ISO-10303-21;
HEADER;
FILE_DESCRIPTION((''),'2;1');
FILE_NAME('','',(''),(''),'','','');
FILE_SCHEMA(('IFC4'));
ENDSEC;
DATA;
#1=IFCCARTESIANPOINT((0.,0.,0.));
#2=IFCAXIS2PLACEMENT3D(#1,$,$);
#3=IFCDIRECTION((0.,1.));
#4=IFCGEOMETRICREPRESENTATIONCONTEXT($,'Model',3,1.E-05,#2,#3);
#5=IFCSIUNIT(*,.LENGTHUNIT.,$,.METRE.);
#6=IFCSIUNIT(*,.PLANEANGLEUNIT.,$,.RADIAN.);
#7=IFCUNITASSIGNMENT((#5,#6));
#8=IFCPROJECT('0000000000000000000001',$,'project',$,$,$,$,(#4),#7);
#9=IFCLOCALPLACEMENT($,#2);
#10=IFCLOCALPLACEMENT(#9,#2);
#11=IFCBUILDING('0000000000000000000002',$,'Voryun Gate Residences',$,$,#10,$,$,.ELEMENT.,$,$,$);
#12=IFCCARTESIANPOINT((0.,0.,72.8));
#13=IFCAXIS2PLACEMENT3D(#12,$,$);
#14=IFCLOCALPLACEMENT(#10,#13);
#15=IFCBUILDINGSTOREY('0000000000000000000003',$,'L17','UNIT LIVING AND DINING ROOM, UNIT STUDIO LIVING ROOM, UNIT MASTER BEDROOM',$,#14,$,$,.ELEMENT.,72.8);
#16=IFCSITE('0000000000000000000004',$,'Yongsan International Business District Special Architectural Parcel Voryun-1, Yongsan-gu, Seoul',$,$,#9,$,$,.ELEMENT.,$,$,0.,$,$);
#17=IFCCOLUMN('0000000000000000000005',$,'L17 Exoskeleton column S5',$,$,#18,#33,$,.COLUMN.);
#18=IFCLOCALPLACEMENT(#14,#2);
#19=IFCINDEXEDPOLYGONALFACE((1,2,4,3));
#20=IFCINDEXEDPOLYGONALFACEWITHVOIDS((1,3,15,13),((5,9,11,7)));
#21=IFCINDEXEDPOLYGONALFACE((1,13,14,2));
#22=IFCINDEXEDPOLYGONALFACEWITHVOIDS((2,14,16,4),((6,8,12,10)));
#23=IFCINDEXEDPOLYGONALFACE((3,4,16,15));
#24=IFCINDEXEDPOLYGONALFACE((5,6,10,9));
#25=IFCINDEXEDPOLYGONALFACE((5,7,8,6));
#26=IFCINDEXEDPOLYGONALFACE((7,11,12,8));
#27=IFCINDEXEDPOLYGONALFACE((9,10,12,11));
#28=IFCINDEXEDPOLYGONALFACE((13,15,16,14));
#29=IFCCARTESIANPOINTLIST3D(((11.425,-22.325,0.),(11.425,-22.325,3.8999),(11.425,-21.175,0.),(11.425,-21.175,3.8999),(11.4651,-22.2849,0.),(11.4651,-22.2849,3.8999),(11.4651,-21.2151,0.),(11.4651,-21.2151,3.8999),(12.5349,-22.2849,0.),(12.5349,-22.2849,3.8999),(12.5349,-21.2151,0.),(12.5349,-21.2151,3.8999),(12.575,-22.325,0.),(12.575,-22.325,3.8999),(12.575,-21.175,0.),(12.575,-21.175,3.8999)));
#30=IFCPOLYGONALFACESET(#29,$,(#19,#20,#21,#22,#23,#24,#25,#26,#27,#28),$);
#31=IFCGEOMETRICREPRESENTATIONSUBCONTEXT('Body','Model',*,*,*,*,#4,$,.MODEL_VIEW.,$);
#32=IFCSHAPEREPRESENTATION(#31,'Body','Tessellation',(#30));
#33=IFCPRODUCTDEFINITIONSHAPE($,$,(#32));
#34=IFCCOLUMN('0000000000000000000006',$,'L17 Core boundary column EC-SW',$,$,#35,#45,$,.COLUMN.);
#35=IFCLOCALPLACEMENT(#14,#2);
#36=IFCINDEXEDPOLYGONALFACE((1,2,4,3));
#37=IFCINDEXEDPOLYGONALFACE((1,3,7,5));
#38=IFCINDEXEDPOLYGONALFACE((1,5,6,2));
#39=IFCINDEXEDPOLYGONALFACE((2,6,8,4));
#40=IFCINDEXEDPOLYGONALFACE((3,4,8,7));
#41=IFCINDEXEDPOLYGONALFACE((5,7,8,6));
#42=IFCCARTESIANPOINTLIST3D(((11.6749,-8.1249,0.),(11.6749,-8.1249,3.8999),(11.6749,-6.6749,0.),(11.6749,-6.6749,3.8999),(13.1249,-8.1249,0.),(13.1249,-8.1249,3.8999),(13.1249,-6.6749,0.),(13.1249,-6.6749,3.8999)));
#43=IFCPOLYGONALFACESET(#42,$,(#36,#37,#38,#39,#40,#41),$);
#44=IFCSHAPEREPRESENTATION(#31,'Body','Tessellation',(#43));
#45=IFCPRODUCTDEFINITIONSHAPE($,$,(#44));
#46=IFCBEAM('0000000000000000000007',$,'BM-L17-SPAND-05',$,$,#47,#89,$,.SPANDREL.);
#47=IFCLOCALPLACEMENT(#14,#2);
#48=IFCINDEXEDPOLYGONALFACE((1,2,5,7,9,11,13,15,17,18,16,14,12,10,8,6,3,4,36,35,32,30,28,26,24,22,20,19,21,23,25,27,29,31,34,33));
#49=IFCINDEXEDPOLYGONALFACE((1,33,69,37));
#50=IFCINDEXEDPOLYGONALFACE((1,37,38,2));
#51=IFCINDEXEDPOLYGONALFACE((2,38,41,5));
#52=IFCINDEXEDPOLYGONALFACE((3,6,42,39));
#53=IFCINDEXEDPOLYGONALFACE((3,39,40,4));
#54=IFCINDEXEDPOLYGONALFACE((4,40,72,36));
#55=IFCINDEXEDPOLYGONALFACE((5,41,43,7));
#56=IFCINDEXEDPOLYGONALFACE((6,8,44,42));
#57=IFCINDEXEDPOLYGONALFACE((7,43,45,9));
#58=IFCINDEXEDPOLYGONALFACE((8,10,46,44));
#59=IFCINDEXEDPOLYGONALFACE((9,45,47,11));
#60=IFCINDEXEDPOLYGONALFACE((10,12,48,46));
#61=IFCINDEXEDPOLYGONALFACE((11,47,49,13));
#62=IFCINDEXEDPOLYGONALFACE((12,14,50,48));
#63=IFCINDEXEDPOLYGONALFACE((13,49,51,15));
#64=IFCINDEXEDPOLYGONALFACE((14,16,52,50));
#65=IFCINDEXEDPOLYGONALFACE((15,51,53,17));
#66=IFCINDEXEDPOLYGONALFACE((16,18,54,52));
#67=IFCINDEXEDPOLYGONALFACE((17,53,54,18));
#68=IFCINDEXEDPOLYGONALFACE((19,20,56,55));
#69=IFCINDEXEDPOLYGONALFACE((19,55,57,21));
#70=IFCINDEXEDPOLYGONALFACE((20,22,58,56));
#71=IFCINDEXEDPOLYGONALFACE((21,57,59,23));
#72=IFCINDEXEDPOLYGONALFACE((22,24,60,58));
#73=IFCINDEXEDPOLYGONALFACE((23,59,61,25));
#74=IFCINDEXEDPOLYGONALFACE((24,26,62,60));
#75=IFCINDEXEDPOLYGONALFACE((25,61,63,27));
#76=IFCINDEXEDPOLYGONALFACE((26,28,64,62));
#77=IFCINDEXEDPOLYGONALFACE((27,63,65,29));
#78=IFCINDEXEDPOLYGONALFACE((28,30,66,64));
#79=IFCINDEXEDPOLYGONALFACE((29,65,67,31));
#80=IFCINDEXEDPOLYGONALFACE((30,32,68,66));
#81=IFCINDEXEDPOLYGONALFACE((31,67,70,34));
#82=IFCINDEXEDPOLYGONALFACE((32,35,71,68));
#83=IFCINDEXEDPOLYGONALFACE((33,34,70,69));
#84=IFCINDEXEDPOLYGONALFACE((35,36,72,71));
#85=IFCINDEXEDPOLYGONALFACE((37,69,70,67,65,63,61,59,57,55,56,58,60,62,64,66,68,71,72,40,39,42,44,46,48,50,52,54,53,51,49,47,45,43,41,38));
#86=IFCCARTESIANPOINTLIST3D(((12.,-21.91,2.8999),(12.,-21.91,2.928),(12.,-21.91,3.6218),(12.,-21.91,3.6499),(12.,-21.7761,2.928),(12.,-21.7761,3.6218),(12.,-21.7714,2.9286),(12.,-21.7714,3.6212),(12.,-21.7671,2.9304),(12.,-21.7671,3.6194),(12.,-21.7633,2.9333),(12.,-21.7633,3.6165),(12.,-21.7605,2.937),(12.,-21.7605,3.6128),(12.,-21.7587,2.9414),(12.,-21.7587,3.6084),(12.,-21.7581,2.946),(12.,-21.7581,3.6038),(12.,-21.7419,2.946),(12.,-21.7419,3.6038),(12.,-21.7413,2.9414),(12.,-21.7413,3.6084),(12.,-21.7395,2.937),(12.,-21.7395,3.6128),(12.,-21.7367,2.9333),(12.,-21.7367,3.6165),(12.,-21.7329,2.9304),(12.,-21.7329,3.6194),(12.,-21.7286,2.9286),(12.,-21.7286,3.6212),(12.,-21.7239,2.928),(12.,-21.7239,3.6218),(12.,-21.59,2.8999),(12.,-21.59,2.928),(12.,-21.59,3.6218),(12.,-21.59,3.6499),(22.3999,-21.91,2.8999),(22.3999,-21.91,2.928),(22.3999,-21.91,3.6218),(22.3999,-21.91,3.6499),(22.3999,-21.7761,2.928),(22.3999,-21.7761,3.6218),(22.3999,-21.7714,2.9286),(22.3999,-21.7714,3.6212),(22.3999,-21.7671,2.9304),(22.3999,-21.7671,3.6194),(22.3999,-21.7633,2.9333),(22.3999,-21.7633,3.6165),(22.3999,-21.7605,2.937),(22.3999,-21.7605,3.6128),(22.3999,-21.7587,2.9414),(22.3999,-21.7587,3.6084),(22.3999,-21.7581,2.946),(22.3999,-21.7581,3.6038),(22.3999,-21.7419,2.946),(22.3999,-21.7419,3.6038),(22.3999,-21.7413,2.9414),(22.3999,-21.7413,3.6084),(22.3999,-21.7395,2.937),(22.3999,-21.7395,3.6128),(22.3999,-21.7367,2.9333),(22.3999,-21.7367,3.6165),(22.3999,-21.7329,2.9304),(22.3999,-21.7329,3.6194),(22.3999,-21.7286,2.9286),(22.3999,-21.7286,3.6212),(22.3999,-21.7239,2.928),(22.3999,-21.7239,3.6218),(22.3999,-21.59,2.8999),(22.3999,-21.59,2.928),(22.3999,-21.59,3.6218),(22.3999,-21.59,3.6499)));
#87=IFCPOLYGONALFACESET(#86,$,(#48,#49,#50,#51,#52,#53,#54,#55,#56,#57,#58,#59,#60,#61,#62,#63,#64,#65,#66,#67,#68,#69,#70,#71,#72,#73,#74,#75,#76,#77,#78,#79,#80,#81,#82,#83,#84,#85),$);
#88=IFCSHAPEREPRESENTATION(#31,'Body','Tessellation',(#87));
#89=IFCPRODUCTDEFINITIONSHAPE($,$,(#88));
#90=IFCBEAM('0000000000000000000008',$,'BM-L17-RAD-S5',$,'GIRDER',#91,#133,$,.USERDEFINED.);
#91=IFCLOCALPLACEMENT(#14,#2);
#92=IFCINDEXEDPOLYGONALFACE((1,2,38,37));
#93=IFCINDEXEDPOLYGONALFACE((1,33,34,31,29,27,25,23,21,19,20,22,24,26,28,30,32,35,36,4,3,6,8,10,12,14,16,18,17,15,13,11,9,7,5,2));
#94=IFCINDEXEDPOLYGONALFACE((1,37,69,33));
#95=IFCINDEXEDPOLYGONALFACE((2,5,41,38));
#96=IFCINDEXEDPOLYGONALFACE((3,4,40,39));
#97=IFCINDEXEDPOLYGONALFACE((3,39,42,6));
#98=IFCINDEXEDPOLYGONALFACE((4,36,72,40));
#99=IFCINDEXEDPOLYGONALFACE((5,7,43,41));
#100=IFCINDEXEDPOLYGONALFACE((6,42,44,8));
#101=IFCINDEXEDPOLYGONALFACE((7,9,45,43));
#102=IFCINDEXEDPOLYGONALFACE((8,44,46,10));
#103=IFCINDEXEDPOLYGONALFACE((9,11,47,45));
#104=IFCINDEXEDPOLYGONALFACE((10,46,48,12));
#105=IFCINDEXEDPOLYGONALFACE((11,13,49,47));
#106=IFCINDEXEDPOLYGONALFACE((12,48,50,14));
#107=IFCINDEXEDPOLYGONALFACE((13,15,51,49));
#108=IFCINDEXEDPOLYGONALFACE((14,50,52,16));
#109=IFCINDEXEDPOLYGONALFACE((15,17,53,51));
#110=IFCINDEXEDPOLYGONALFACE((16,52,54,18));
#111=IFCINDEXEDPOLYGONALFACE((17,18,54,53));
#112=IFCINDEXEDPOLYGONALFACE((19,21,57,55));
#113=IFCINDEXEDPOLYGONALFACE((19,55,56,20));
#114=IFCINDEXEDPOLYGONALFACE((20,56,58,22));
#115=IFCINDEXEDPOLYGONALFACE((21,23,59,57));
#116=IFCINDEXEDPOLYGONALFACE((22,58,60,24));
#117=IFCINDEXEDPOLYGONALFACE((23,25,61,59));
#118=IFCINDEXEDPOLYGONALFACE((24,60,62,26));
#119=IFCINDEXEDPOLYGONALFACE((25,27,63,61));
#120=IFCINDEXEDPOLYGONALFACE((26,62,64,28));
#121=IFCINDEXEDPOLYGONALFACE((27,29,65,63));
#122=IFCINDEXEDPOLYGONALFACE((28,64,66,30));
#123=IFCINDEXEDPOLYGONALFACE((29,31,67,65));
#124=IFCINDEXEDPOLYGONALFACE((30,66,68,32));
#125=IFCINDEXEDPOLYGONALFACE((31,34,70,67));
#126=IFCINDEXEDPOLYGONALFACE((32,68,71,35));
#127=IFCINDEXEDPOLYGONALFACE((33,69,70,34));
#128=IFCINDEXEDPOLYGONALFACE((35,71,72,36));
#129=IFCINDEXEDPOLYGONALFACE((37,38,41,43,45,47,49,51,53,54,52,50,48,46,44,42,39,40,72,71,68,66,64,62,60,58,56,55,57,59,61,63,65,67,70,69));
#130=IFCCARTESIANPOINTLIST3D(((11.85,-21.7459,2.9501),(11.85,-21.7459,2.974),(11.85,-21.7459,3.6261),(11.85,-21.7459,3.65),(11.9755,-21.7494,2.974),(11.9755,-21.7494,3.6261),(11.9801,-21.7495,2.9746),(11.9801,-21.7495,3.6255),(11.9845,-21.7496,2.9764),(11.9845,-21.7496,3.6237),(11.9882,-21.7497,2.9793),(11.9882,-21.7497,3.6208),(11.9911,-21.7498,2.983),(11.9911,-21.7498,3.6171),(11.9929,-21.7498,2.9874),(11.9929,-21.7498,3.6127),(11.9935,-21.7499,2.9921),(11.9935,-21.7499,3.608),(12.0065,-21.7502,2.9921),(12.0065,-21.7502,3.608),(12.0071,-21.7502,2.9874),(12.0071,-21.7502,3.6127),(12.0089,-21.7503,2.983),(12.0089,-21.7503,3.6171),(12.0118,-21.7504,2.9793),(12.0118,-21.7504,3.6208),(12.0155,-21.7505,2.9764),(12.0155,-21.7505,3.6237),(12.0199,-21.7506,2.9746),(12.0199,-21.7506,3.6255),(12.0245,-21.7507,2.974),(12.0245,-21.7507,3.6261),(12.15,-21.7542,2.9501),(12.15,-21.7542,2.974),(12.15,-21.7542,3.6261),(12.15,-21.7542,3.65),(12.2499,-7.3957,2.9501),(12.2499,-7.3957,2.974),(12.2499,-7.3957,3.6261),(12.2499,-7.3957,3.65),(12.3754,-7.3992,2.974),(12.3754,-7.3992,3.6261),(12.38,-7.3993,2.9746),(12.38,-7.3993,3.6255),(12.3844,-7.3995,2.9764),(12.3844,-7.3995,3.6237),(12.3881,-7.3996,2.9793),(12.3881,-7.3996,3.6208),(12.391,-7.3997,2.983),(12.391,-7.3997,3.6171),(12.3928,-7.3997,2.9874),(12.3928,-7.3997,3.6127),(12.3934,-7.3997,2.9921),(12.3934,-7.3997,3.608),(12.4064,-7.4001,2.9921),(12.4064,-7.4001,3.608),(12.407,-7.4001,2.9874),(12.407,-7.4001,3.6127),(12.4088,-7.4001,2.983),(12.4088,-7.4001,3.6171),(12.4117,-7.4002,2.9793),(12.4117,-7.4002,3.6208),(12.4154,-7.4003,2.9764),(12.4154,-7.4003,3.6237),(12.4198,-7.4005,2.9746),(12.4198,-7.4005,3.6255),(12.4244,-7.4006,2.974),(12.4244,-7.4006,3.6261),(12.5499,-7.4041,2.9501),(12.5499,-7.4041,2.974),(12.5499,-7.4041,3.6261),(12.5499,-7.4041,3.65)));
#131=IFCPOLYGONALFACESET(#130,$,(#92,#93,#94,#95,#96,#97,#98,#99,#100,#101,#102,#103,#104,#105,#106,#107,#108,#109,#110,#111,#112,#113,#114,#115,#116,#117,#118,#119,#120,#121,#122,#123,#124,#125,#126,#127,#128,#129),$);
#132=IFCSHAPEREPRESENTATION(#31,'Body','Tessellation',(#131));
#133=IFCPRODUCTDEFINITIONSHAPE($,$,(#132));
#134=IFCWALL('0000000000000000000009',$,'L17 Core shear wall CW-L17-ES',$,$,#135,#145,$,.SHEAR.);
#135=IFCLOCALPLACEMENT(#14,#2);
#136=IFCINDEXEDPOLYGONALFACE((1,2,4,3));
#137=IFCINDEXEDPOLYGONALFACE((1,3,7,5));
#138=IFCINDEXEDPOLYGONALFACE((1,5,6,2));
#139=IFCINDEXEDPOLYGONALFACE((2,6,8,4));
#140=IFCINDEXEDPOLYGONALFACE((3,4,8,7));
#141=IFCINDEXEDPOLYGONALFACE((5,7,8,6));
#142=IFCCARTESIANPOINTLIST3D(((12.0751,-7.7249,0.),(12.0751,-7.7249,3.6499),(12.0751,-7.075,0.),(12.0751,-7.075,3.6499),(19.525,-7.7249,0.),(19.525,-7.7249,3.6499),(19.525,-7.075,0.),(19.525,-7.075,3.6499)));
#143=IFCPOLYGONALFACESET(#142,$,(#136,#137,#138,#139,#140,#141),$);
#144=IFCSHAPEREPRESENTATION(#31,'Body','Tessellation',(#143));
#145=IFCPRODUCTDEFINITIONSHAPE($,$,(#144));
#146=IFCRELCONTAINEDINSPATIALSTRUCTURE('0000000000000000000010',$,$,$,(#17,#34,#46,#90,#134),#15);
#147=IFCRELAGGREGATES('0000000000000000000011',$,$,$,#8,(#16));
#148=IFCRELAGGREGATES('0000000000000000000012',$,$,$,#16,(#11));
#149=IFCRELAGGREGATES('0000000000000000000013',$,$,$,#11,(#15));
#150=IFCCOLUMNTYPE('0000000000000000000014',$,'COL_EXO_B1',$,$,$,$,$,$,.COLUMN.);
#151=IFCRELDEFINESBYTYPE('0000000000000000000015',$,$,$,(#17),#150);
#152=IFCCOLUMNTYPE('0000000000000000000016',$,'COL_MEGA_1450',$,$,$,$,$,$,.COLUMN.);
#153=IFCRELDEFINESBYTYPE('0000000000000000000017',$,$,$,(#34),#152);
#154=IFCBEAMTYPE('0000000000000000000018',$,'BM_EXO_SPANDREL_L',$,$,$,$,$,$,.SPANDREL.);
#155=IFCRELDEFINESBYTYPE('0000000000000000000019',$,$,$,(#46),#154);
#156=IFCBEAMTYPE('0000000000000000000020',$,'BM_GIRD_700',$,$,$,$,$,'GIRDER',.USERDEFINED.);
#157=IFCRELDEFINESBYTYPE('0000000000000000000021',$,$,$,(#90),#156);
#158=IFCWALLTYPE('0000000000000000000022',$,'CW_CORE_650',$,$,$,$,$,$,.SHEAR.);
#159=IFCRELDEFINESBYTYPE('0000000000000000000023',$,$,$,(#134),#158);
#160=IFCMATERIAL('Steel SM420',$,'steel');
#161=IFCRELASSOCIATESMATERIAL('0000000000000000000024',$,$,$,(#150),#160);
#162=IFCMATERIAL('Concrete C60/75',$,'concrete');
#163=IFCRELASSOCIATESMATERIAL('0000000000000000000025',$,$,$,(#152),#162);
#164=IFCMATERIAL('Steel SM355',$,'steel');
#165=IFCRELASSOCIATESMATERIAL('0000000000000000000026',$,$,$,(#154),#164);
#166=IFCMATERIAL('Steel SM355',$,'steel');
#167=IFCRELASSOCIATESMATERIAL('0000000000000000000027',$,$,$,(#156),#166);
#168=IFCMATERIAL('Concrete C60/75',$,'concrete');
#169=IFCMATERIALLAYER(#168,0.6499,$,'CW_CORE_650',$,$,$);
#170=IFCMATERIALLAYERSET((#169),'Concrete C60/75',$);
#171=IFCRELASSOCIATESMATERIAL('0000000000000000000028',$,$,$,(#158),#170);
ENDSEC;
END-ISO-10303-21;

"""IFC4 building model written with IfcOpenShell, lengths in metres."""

from ifc_helpers import new_model, si_unit, direction, frame, frame_2d, origin, origin_2d, place, context, subcontext, project, spatial, rectangle, hollow_rectangle, i_section, extrude, material, layer, layer_set, material_profile, profile_set, type_object, element, save


model = new_model("IFC4")

# Units and contexts
model_context = context("Model", 3, precision=1e-05, world=origin(), true_north=direction((0.0, 1.0)))
body_context = subcontext(model_context, "Body", "Model", "MODEL_VIEW")
ifc_project = project(units=[si_unit("LENGTHUNIT", "METRE"), si_unit("PLANEANGLEUNIT", "RADIAN")], contexts=[model_context])

# Site, building, storey
site_placement = place(None, origin())
site = spatial("IfcSite", under=ifc_project, at=site_placement, Name="Yongsan International Business District Special Architectural Parcel Voryun-1, Yongsan-gu, Seoul", CompositionType="ELEMENT", RefElevation=0.0)
building_placement = place(site_placement, origin())
building = spatial("IfcBuilding", under=site, at=building_placement, Name="Voryun Gate Residences", CompositionType="ELEMENT")
storey_placement = place(building_placement, frame((0.0, 0.0, 72.8)))
storey = spatial("IfcBuildingStorey", under=building, at=storey_placement, Name="L17", Description="UNIT LIVING AND DINING ROOM, UNIT STUDIO LIVING ROOM, UNIT MASTER BEDROOM", CompositionType="ELEMENT", Elevation=72.8)

# Columns
ifc_material_1 = material(Name="Steel SM420", Category="steel")
ifc_material_profile_1 = material_profile(ifc_material_1, hollow_rectangle(XDim=1.1499, YDim=1.1499, WallThickness=0.04, at=origin_2d()), Name="BOX-1150x1150x40")
ifc_profile_set_1 = profile_set([ifc_material_profile_1], Name="Steel SM420")
column_type_1 = type_object("IfcColumnType", Name="COL_EXO_B1", PredefinedType="COLUMN", material=ifc_profile_set_1)
column_1_placement = place(storey_placement, frame((12.0, -21.75, 0.0), z_axis=(0.0, 0.0, 1.0), x_axis=(1.0, 0.0, 0.0)))
element("IfcColumn", 1, at=column_1_placement, inside=storey, type_object=column_type_1, Name="L17 Exoskeleton column S5", PredefinedType="COLUMN", context=body_context, shape_type="SweptSolid", body=[
    extrude(hollow_rectangle(XDim=1.1499, YDim=1.1499, WallThickness=0.04, at=origin_2d()), origin(), (0.0, 0.0, 1.0), 3.8999),
])
ifc_material_2 = material(Name="Concrete C60/75", Category="concrete")
ifc_material_profile_2 = material_profile(ifc_material_2, rectangle(XDim=1.45, YDim=1.45, at=origin_2d()), Name="RC-1450x1450")
ifc_profile_set_2 = profile_set([ifc_material_profile_2], Name="Concrete C60/75")
column_type_2 = type_object("IfcColumnType", Name="COL_MEGA_1450", PredefinedType="COLUMN", material=ifc_profile_set_2)
column_2_placement = place(storey_placement, frame((12.3999, -7.3999, 0.0), z_axis=(0.0, 0.0, 1.0), x_axis=(1.0, 0.0, 0.0)))
element("IfcColumn", 2, at=column_2_placement, inside=storey, type_object=column_type_2, Name="L17 Core boundary column EC-SW", PredefinedType="COLUMN", context=body_context, shape_type="SweptSolid", body=[
    extrude(rectangle(XDim=1.45, YDim=1.45, at=origin_2d()), origin(), (0.0, 0.0, 1.0), 3.8999),
])

# Beams
ifc_material_3 = material(Name="Steel SM355", Category="steel")
ifc_material_profile_3 = material_profile(ifc_material_3, i_section(OverallWidth=0.3201, OverallDepth=0.75, WebThickness=0.0161, FlangeThickness=0.0281, FilletRadius=0.0181, at=origin_2d()), Name="H-750x320x16x28")
ifc_profile_set_3 = profile_set([ifc_material_profile_3], Name="Steel SM355")
beam_type_1 = type_object("IfcBeamType", Name="BM_EXO_SPANDREL_L", PredefinedType="SPANDREL", material=ifc_profile_set_3)
beam_1_placement = place(storey_placement, frame((12.0, -21.75, 3.2749), z_axis=(1.0, 0.0, 0.0), x_axis=(0.0, 1.0, 0.0)))
element("IfcBeam", 3, at=beam_1_placement, inside=storey, type_object=beam_type_1, Name="BM-L17-SPAND-05", PredefinedType="SPANDREL", context=body_context, shape_type="SweptSolid", body=[
    extrude(i_section(OverallWidth=0.3201, OverallDepth=0.75, WebThickness=0.0161, FlangeThickness=0.0281, FilletRadius=0.0181, at=origin_2d()), origin(), (0.0, 0.0, 1.0), 10.3999),
])
ifc_material_4 = material(Name="Steel SM355", Category="steel")
ifc_material_profile_4 = material_profile(ifc_material_4, i_section(OverallWidth=0.3, OverallDepth=0.7, WebThickness=0.0129, FlangeThickness=0.0239, FilletRadius=0.0181, at=origin_2d()), Name="H-700x300x13x24")
ifc_profile_set_4 = profile_set([ifc_material_profile_4], Name="Steel SM355")
beam_type_2 = type_object("IfcBeamType", Name="BM_GIRD_700", ElementType="GIRDER", PredefinedType="USERDEFINED", material=ifc_profile_set_4)
beam_2_placement = place(storey_placement, frame((12.3999, -7.3999, 3.3), z_axis=(-0.027857, -0.999612, 0.0), x_axis=(0.999612, -0.027857, 0.0)))
element("IfcBeam", 4, at=beam_2_placement, inside=storey, type_object=beam_type_2, Name="BM-L17-RAD-S5", ObjectType="GIRDER", PredefinedType="USERDEFINED", context=body_context, shape_type="SweptSolid", body=[
    extrude(i_section(OverallWidth=0.3, OverallDepth=0.7, WebThickness=0.0129, FlangeThickness=0.0239, FilletRadius=0.0181, at=origin_2d()), origin(), (0.0, 0.0, 1.0), 14.3557),
])

# Wall
ifc_material_5 = material(Name="Concrete C60/75", Category="concrete")
ifc_layer_1 = layer(ifc_material_5, 0.6499, Name="CW_CORE_650")
ifc_layer_set_1 = layer_set([ifc_layer_1], Name="Concrete C60/75")
wall_type_1 = type_object("IfcWallType", Name="CW_CORE_650", PredefinedType="SHEAR", material=ifc_layer_set_1)
wall_1_placement = place(storey_placement, frame((12.075, -7.3999, 0.0), z_axis=(0.0, 0.0, 1.0), x_axis=(1.0, 0.0, 0.0)))
element("IfcWall", 5, at=wall_1_placement, inside=storey, type_object=wall_type_1, Name="L17 Core shear wall CW-L17-ES", PredefinedType="SHEAR", context=body_context, shape_type="SweptSolid", body=[
    extrude(rectangle(XDim=7.45, YDim=0.6499, at=frame_2d((3.7251, 0.0))), origin(), (0.0, 0.0, 1.0), 3.6499),
])

save(model, "model.ifc")
